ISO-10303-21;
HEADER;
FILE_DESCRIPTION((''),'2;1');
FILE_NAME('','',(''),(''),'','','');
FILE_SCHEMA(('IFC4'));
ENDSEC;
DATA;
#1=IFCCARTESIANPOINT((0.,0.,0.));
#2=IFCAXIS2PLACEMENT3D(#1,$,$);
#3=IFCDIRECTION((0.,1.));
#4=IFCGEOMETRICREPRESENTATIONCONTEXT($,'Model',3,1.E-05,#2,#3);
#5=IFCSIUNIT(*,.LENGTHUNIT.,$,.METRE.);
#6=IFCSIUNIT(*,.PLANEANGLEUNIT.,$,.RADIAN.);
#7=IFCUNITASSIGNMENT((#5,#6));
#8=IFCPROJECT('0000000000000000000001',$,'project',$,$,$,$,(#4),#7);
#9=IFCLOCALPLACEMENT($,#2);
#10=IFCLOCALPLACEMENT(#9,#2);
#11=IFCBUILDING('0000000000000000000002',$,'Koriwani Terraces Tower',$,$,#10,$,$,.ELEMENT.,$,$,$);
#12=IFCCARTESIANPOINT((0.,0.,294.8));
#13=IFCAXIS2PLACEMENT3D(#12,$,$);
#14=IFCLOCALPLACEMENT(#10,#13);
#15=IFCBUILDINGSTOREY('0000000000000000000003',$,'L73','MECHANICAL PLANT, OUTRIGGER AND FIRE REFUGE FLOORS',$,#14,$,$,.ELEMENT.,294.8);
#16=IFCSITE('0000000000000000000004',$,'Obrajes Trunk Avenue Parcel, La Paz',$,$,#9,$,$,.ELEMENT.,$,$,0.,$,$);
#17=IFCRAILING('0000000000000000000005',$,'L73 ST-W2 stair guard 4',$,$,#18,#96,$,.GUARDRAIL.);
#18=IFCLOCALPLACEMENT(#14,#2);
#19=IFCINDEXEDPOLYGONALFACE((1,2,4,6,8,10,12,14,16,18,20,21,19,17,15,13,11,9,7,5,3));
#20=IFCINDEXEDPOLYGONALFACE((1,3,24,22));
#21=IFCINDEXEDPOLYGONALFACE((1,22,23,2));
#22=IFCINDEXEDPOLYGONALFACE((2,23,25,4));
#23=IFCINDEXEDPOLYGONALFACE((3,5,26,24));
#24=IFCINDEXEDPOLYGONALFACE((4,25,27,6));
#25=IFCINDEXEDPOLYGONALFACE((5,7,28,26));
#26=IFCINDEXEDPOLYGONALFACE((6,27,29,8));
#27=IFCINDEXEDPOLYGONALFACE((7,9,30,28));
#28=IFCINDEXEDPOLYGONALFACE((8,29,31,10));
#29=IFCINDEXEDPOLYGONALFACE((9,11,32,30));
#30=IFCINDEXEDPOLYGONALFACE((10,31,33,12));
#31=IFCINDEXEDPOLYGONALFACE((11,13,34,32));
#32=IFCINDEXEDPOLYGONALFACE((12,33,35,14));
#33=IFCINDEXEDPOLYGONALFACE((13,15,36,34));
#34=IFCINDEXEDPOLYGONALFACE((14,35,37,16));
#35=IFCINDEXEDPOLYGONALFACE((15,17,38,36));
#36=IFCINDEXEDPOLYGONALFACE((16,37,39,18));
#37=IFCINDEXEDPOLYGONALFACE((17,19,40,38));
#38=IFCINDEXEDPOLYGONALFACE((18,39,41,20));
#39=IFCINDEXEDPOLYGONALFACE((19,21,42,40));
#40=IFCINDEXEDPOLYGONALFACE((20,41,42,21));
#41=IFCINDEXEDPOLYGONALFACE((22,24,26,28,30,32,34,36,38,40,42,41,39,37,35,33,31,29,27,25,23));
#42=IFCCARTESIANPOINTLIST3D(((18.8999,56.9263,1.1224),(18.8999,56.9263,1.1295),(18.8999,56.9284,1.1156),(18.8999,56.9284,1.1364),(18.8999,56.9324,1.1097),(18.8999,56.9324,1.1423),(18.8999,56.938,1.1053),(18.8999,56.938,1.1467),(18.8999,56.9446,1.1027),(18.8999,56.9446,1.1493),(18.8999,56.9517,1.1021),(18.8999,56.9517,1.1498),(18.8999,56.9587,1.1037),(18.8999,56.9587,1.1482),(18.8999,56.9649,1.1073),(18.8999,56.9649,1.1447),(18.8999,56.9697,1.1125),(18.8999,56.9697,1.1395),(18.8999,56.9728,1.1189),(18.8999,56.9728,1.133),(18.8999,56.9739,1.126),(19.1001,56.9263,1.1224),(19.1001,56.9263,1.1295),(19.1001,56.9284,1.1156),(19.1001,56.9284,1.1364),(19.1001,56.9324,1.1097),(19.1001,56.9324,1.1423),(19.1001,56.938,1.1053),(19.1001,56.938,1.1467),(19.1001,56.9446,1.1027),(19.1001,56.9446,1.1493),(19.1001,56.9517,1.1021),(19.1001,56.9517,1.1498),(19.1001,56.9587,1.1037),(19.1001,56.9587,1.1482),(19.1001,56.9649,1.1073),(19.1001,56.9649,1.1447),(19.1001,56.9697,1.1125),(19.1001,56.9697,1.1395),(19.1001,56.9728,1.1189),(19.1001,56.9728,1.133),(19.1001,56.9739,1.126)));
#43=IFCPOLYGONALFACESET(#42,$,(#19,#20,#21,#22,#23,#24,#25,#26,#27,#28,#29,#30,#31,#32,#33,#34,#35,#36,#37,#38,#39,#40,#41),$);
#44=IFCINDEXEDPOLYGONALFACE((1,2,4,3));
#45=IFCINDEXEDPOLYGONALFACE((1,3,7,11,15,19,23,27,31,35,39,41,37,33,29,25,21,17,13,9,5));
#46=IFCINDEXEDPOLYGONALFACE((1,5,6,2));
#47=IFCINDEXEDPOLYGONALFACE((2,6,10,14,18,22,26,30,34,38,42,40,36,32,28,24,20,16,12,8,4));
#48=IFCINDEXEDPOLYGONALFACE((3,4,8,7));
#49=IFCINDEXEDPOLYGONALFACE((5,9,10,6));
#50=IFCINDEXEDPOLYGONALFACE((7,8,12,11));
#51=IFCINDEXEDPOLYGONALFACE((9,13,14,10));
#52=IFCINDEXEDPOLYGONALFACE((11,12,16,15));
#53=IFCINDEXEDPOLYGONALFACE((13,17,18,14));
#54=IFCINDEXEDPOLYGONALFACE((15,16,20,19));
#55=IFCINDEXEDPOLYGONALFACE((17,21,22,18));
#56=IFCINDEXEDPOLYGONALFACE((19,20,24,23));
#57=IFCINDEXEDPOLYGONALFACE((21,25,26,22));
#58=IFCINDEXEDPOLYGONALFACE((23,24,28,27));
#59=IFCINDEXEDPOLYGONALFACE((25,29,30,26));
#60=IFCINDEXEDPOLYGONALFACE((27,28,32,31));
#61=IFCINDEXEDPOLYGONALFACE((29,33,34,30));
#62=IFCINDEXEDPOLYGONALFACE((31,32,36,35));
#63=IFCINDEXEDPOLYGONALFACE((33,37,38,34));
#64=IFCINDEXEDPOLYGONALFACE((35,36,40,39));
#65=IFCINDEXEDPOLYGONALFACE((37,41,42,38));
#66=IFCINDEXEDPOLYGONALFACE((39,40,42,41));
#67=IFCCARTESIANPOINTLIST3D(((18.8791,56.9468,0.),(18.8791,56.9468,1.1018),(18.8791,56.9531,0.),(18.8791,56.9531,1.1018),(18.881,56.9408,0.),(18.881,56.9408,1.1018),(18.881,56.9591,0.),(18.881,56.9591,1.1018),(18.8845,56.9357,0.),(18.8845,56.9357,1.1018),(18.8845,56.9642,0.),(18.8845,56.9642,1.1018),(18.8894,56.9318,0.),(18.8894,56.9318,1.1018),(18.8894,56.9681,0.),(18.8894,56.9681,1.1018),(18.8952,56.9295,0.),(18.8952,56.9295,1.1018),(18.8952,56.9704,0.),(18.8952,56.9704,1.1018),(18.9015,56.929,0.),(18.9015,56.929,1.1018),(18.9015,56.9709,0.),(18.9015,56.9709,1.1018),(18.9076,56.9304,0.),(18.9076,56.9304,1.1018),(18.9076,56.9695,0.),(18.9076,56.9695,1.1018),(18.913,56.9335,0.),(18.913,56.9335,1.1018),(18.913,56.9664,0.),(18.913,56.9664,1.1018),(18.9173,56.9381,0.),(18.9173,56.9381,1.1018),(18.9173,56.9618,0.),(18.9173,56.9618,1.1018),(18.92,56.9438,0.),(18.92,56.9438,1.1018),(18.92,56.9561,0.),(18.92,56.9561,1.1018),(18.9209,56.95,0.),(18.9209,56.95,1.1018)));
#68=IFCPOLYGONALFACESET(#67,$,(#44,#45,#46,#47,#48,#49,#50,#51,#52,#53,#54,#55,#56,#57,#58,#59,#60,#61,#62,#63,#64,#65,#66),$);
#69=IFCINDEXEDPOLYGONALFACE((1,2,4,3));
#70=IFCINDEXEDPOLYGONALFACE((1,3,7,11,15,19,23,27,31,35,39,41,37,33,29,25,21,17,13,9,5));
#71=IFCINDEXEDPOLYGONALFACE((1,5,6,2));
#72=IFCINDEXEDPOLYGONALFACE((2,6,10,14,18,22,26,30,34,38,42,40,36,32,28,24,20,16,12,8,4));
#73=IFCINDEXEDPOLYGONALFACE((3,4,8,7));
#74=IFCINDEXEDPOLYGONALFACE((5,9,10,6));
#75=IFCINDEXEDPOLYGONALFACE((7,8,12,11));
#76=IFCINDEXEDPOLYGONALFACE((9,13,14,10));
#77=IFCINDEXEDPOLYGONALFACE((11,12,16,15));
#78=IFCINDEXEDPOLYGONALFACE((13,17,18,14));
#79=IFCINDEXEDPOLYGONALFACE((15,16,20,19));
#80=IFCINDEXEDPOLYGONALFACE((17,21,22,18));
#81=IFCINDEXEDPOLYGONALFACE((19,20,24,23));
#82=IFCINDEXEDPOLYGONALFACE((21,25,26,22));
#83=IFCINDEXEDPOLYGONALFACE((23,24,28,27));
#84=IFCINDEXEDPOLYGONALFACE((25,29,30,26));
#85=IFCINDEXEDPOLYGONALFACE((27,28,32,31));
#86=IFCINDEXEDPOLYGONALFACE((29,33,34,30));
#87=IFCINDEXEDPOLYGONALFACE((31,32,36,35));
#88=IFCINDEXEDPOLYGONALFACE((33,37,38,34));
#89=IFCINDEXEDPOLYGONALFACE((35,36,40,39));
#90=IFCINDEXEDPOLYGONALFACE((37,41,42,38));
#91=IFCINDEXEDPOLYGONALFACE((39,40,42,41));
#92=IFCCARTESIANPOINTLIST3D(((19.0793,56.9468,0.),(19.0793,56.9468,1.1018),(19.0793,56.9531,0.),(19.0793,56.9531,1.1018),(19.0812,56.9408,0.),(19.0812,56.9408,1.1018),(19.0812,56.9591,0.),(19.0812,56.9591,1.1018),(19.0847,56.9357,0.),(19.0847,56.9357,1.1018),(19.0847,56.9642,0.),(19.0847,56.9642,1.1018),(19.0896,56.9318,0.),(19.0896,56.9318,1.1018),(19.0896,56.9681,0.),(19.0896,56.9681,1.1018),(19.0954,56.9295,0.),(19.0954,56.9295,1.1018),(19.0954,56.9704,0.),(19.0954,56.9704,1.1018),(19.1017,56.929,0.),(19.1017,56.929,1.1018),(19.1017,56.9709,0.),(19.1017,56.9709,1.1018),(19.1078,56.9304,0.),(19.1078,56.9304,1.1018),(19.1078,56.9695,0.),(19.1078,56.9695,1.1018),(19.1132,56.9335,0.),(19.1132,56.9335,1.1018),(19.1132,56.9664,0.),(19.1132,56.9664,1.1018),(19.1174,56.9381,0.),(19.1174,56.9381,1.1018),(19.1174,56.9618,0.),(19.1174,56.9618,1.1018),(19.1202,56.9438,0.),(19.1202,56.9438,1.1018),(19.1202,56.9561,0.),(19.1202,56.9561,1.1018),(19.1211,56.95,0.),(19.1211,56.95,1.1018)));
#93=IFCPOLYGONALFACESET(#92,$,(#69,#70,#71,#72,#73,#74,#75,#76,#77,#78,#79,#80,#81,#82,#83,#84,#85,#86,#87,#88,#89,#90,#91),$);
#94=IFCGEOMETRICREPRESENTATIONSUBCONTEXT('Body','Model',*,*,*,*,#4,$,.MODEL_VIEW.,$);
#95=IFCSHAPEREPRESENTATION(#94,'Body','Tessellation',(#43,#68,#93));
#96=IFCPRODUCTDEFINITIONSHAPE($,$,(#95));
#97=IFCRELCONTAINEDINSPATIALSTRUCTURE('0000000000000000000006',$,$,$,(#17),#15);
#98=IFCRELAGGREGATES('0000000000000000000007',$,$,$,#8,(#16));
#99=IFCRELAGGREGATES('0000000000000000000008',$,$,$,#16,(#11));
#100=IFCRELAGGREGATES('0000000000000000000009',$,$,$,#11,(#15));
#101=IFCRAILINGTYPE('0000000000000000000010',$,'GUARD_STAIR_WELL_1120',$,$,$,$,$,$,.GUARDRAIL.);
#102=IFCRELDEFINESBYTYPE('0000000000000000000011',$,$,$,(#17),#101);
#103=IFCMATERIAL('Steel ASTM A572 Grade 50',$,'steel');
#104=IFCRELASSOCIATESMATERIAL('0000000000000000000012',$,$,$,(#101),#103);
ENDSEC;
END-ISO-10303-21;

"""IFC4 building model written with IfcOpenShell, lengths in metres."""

from ifc_helpers import new_model, si_unit, direction, frame, origin, origin_2d, place, context, subcontext, project, spatial, circle, extrude, material, type_object, element, save


model = new_model("IFC4")

# Units and contexts
model_context = context("Model", 3, precision=1e-05, world=origin(), true_north=direction((0.0, 1.0)))
body_context = subcontext(model_context, "Body", "Model", "MODEL_VIEW")
ifc_project = project(units=[si_unit("LENGTHUNIT", "METRE"), si_unit("PLANEANGLEUNIT", "RADIAN")], contexts=[model_context])

# Site, building, storey
site_placement = place(None, origin())
site = spatial("IfcSite", under=ifc_project, at=site_placement, Name="Obrajes Trunk Avenue Parcel, La Paz", CompositionType="ELEMENT", RefElevation=0.0)
building_placement = place(site_placement, origin())
building = spatial("IfcBuilding", under=site, at=building_placement, Name="Koriwani Terraces Tower", CompositionType="ELEMENT")
storey_placement = place(building_placement, frame((0.0, 0.0, 294.8)))
storey = spatial("IfcBuildingStorey", under=building, at=storey_placement, Name="L73", Description="MECHANICAL PLANT, OUTRIGGER AND FIRE REFUGE FLOORS", CompositionType="ELEMENT", Elevation=294.8)

# Shared definitions
ifc_material_1 = material(Name="Steel ASTM A572 Grade 50", Category="steel")

# Railing
railing_type_1 = type_object("IfcRailingType", Name="GUARD_STAIR_WELL_1120", PredefinedType="GUARDRAIL", material=ifc_material_1)
railing_1_placement = place(storey_placement, frame((18.8999, 56.95, 0.0)))
element("IfcRailing", 1, at=railing_1_placement, inside=storey, type_object=railing_type_1, Name="L73 ST-W2 stair guard 4", PredefinedType="GUARDRAIL", context=body_context, shape_type="SweptSolid", body=[
    extrude(circle(Radius=0.0239, at=origin_2d()), frame((0.0, 0.0, 1.126), z_axis=(1.0, 0.0, 0.0), x_axis=(0.0, 1.0, 0.0)), (0.0, 0.0, 1.0), 0.2002),
    extrude(circle(Radius=0.021, at=origin_2d()), origin(), (0.0, 0.0, 1.0), 1.1018),
    extrude(circle(Radius=0.021, at=origin_2d()), frame((0.2002, 0.0, 0.0)), (0.0, 0.0, 1.0), 1.1018),
])

save(model, "model.ifc")
